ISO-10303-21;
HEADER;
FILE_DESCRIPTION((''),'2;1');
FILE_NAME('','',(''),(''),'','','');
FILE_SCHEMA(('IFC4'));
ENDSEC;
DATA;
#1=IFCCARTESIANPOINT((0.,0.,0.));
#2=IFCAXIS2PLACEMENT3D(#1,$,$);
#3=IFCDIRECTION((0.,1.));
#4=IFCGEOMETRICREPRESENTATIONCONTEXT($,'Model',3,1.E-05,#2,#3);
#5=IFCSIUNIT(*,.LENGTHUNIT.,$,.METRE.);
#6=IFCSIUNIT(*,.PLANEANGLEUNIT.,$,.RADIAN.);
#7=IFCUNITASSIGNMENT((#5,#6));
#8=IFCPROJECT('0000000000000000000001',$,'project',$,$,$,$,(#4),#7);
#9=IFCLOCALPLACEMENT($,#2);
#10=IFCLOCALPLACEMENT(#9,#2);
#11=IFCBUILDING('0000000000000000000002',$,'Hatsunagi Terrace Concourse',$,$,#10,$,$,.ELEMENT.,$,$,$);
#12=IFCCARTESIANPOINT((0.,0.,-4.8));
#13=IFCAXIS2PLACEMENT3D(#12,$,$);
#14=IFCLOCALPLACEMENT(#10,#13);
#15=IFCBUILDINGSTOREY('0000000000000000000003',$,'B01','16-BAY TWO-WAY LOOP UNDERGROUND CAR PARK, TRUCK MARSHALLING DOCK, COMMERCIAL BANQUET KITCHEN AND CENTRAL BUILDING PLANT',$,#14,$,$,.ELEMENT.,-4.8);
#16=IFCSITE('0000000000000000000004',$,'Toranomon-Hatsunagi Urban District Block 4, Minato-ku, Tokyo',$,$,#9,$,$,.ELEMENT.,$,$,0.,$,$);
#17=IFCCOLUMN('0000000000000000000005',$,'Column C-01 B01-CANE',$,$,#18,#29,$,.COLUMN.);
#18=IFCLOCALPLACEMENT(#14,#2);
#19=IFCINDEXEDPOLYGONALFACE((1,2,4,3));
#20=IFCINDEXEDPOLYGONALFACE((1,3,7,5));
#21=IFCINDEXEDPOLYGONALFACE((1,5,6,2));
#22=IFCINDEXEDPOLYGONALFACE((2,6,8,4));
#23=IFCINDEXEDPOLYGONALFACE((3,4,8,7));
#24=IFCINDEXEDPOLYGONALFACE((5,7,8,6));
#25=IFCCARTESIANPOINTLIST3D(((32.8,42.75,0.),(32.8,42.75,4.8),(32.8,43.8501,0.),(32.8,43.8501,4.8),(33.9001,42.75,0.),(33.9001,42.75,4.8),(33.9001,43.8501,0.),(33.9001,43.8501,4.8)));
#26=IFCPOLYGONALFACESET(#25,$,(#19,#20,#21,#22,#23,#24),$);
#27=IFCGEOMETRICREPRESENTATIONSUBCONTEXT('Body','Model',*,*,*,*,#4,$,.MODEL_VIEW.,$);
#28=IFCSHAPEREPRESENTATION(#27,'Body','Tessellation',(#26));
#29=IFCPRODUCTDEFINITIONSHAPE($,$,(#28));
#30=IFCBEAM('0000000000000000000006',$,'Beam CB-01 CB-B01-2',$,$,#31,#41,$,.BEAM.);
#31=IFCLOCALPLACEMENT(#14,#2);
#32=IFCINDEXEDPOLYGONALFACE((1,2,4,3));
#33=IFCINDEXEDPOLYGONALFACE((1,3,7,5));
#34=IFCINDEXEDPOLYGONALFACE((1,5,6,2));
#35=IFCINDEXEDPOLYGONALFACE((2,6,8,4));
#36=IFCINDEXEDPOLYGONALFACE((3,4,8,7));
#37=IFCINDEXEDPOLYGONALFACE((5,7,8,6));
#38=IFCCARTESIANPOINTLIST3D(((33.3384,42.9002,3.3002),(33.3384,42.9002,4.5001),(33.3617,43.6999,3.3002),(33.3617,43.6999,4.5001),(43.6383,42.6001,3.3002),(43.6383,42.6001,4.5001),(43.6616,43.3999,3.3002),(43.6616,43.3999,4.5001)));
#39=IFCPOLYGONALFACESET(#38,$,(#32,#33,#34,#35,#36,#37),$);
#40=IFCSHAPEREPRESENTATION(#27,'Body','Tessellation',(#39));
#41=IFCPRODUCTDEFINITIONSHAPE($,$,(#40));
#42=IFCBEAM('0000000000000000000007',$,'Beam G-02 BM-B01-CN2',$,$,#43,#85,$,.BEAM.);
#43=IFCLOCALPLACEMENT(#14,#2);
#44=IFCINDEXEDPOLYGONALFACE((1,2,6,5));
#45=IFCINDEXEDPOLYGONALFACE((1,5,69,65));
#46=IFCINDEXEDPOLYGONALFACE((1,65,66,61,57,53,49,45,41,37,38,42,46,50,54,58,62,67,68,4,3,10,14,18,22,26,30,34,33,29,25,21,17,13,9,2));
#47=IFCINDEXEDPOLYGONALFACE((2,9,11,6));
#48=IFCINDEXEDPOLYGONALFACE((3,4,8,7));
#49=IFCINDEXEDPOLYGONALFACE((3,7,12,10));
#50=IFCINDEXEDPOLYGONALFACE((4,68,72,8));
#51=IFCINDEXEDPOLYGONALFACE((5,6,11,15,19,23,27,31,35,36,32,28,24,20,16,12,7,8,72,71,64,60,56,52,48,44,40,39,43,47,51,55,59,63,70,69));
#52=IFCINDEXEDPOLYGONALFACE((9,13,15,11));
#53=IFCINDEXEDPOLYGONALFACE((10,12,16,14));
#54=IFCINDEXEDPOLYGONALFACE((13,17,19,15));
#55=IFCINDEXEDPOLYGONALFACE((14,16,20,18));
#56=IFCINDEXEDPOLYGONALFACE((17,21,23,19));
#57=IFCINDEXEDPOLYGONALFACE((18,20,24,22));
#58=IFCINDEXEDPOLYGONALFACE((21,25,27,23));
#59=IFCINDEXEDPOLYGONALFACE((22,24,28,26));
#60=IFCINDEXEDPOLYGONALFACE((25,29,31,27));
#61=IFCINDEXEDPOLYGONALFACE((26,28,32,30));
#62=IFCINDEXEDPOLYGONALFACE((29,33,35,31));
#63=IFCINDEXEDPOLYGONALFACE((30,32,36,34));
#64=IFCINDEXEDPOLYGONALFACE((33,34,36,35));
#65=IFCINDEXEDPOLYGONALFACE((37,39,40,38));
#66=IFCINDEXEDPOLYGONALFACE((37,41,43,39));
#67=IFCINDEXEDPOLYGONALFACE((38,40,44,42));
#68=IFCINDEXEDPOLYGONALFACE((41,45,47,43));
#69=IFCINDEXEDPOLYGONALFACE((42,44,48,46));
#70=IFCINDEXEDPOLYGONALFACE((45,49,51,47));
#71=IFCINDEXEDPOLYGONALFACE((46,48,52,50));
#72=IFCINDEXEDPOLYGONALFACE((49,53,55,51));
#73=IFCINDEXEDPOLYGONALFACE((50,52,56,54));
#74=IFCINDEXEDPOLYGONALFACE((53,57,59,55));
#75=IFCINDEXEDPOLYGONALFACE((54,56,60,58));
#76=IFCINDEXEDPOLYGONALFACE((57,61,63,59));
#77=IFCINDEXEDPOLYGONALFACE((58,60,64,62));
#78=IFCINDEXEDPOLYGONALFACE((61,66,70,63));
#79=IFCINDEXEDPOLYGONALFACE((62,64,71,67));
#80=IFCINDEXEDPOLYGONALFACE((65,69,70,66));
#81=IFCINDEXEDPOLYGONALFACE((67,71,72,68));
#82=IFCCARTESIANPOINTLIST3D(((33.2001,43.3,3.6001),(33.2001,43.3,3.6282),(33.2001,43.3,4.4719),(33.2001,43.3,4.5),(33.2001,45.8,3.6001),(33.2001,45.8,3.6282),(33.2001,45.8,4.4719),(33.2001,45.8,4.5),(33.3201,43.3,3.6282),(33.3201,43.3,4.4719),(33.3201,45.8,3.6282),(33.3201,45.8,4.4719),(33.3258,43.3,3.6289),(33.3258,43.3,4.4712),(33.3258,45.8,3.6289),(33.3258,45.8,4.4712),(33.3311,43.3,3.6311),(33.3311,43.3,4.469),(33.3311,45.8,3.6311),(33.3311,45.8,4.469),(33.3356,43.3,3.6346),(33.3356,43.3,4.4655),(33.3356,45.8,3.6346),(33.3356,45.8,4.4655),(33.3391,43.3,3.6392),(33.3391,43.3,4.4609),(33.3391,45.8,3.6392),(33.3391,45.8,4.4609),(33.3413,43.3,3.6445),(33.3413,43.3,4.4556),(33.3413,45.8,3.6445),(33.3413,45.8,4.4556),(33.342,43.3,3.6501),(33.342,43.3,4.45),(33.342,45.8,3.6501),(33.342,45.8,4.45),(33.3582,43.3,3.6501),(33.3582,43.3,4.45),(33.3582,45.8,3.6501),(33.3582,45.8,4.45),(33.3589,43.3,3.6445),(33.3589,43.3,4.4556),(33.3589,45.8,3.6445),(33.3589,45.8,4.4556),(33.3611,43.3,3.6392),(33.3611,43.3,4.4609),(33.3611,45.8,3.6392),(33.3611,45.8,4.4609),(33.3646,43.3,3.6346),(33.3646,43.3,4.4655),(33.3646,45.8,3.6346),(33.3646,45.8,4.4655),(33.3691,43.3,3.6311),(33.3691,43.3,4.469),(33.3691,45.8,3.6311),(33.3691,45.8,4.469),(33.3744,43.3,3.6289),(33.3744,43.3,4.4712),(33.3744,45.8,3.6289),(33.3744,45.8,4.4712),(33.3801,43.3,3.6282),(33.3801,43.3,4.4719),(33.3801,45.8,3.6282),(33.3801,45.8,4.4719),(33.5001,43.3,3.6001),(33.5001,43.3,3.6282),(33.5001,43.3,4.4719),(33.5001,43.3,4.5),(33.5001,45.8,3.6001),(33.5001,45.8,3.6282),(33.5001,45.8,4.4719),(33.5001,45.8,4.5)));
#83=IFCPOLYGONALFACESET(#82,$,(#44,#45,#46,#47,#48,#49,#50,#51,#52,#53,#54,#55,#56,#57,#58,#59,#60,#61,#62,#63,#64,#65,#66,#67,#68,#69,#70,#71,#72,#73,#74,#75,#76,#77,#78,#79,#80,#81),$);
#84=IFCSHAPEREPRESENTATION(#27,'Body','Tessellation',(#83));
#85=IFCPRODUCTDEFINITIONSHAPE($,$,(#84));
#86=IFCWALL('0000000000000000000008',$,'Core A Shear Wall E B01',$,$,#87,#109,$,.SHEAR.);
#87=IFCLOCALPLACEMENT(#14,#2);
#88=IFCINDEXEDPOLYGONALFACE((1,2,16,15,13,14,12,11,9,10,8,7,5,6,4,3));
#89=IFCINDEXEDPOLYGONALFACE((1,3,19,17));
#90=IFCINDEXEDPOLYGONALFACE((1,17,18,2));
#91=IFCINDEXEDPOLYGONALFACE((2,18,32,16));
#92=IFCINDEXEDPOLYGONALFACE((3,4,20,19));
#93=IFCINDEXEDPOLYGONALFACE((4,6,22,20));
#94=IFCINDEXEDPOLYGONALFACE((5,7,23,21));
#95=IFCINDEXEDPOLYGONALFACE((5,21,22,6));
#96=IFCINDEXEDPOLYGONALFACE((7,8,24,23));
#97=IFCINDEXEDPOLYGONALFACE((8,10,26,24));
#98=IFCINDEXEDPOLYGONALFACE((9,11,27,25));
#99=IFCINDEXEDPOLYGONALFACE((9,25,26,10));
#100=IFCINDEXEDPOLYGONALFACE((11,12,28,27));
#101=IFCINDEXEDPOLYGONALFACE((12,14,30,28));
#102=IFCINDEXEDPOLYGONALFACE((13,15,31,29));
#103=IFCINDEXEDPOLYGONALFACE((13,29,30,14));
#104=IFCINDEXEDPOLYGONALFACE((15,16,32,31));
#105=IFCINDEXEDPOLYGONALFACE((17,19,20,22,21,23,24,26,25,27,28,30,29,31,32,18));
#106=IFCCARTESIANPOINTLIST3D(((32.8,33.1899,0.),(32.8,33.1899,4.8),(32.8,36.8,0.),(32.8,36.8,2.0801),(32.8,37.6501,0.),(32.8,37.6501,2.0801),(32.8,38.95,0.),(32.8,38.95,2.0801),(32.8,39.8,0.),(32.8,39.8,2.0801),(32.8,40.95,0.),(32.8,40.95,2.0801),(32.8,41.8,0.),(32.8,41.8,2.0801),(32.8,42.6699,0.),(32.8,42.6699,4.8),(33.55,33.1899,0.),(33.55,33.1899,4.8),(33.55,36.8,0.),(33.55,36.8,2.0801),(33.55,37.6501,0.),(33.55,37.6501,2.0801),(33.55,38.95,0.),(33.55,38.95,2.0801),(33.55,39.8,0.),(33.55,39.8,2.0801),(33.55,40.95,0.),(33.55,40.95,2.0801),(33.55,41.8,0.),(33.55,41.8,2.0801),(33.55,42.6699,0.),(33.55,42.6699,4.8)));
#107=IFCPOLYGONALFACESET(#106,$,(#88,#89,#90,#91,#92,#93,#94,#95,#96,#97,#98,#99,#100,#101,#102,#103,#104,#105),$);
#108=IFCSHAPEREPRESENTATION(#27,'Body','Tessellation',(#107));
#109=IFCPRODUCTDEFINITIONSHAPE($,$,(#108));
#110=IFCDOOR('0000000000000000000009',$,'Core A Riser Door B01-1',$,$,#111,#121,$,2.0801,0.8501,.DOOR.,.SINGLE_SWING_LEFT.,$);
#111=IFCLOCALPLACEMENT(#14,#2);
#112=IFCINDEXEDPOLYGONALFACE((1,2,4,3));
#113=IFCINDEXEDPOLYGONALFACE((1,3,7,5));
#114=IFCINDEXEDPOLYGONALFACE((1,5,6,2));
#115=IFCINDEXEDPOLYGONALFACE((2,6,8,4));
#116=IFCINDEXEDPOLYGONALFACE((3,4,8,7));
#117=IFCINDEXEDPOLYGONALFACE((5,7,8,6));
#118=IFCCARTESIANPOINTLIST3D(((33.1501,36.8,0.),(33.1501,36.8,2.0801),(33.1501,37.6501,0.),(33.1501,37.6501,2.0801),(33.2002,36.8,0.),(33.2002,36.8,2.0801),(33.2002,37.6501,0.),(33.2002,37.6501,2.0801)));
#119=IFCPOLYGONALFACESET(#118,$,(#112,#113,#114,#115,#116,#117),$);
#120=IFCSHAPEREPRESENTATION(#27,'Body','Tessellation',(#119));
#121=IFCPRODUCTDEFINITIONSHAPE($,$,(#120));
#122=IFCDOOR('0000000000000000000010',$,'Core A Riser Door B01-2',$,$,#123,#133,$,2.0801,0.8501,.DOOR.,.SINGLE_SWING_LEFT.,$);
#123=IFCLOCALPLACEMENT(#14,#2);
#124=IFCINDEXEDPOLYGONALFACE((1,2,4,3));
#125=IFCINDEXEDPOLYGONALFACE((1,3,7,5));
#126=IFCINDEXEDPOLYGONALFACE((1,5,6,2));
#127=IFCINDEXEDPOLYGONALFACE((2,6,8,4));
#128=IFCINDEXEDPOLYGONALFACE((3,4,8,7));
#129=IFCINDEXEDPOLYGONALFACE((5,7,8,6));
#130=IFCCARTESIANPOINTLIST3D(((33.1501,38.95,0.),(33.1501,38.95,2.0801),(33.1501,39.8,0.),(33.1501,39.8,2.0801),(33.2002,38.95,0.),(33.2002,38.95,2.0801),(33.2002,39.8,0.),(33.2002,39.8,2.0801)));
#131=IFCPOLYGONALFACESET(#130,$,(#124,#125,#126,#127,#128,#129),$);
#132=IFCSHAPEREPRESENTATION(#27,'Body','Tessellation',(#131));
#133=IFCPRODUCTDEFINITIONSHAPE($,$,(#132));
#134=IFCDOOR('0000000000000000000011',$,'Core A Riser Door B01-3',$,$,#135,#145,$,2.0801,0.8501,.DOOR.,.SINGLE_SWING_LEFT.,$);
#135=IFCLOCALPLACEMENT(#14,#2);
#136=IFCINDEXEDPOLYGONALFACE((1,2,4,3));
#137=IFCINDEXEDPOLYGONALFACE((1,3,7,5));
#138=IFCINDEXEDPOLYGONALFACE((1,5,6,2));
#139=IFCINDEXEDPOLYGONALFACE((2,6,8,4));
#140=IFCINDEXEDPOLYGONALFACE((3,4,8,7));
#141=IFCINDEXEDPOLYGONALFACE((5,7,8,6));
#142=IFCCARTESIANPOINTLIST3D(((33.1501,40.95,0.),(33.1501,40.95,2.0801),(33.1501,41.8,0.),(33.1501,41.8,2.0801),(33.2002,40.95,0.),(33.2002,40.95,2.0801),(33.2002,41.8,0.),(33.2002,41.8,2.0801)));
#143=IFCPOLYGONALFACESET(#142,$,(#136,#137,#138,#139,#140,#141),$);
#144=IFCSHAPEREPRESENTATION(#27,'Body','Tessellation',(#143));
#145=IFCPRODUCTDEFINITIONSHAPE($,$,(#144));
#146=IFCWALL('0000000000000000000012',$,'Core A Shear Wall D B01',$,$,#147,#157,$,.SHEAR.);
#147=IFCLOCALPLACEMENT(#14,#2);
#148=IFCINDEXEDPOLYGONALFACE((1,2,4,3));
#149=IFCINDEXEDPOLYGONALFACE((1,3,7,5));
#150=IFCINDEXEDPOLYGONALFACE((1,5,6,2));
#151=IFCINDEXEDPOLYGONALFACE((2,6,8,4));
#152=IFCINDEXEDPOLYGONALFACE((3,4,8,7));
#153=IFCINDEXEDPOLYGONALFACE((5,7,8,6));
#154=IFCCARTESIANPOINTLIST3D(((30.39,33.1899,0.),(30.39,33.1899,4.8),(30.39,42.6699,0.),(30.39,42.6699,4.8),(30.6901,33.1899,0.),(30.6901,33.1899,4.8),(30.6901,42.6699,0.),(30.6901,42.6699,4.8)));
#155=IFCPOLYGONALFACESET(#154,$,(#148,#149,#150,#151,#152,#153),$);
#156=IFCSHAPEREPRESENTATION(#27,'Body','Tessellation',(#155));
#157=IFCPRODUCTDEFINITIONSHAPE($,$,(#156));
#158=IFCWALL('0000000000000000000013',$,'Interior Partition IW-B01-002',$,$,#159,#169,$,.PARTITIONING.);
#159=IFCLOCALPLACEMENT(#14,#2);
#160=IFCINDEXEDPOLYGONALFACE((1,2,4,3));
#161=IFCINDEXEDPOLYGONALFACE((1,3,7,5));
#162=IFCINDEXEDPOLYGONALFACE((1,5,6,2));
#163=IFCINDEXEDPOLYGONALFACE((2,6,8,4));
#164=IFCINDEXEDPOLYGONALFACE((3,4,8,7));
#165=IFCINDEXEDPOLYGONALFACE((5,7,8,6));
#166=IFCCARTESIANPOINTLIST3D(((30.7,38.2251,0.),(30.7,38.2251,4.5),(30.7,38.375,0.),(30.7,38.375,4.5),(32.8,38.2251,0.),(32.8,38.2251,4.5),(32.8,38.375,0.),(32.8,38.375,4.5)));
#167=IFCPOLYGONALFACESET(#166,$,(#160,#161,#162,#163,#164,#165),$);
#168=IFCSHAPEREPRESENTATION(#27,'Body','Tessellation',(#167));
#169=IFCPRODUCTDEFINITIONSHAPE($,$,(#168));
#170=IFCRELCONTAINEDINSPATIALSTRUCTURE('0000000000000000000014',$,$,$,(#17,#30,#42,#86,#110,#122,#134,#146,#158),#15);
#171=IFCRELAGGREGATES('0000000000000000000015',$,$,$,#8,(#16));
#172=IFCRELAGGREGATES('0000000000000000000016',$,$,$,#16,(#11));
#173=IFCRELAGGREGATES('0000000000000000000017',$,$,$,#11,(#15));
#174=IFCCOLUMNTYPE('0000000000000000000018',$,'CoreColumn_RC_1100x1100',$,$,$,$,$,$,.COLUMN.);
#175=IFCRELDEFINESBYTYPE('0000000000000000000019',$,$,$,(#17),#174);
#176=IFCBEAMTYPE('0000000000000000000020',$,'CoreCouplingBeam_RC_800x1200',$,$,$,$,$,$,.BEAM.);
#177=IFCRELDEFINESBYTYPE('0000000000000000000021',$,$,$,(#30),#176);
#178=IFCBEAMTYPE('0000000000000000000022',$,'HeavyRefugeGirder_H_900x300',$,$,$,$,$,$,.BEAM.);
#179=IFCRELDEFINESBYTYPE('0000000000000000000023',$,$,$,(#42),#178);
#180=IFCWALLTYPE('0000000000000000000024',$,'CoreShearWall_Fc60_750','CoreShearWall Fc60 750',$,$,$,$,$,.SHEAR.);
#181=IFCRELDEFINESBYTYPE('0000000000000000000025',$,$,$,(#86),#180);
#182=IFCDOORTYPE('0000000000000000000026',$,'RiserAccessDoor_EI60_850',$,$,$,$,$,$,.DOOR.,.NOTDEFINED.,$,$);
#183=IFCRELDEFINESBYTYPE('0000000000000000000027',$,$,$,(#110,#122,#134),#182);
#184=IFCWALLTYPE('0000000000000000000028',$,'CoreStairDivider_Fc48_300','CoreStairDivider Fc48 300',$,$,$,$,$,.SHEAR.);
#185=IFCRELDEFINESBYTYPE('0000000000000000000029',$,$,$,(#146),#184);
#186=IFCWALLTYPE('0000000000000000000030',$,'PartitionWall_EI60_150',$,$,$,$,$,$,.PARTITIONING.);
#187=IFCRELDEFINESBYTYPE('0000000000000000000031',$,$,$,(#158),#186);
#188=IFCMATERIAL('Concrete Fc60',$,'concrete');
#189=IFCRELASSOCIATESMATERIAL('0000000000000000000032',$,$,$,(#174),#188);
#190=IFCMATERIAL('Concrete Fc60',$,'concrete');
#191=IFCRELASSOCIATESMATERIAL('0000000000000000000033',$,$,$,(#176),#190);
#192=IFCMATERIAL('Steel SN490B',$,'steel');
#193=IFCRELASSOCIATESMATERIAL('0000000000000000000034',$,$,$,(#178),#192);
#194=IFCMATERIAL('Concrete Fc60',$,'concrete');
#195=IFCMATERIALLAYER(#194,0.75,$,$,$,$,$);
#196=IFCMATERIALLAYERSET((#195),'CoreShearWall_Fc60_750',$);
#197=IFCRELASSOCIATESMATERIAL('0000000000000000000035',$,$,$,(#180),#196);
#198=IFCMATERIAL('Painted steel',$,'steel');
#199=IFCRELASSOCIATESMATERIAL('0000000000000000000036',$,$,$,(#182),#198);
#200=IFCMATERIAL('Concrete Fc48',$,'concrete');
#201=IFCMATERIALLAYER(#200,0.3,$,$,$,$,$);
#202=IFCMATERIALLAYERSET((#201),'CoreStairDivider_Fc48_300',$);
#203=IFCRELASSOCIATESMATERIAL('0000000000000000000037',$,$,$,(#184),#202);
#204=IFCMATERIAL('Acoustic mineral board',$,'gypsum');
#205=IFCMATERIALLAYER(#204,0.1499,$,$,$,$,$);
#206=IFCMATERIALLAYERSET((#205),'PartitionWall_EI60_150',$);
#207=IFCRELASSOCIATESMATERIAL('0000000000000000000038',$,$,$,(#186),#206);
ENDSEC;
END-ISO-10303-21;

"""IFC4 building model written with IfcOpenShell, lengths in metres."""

from ifc_helpers import new_model, si_unit, direction, frame, frame_2d, origin, origin_2d, place, context, subcontext, project, spatial, rectangle, i_section, extrude, material, layer, layer_set, material_profile, profile_set, type_object, element, fill, save


model = new_model("IFC4")

# Units and contexts
model_context = context("Model", 3, precision=1e-05, world=origin(), true_north=direction((0.0, 1.0)))
body_context = subcontext(model_context, "Body", "Model", "MODEL_VIEW")
ifc_project = project(units=[si_unit("LENGTHUNIT", "METRE"), si_unit("PLANEANGLEUNIT", "RADIAN")], contexts=[model_context])

# Site, building, storey
site_placement = place(None, origin())
site = spatial("IfcSite", under=ifc_project, at=site_placement, Name="Toranomon-Hatsunagi Urban District Block 4, Minato-ku, Tokyo", CompositionType="ELEMENT", RefElevation=0.0)
building_placement = place(site_placement, origin())
building = spatial("IfcBuilding", under=site, at=building_placement, Name="Hatsunagi Terrace Concourse", CompositionType="ELEMENT")
storey_placement = place(building_placement, frame((0.0, 0.0, -4.8)))
storey = spatial("IfcBuildingStorey", under=building, at=storey_placement, Name="B01", Description="16-BAY TWO-WAY LOOP UNDERGROUND CAR PARK, TRUCK MARSHALLING DOCK, COMMERCIAL BANQUET KITCHEN AND CENTRAL BUILDING PLANT", CompositionType="ELEMENT", Elevation=-4.8)

# Column
ifc_material_1 = material(Name="Concrete Fc60", Category="concrete")
ifc_material_profile_1 = material_profile(ifc_material_1, rectangle(XDim=1.1001, YDim=1.1001, at=origin_2d()), Name="RC-1100x1100")
ifc_profile_set_1 = profile_set([ifc_material_profile_1], Name="Concrete Fc60")
column_type = type_object("IfcColumnType", Name="CoreColumn_RC_1100x1100", PredefinedType="COLUMN", material=ifc_profile_set_1)
column_placement = place(storey_placement, frame((33.3501, 43.3, 0.0), z_axis=(0.0, 0.0, 1.0), x_axis=(1.0, 0.0, 0.0)))
element("IfcColumn", 1, at=column_placement, inside=storey, type_object=column_type, Name="Column C-01 B01-CANE", PredefinedType="COLUMN", context=body_context, shape_type="SweptSolid", body=[
    extrude(rectangle(XDim=1.1001, YDim=1.1001, at=origin_2d()), origin(), (0.0, 0.0, 1.0), 4.8),
])

# Beams
ifc_material_2 = material(Name="Concrete Fc60", Category="concrete")
ifc_material_profile_2 = material_profile(ifc_material_2, rectangle(XDim=0.8, YDim=1.2, at=origin_2d()), Name="RC-800x1200")
ifc_profile_set_2 = profile_set([ifc_material_profile_2], Name="Concrete Fc60")
beam_type_1 = type_object("IfcBeamType", Name="CoreCouplingBeam_RC_800x1200", PredefinedType="BEAM", material=ifc_profile_set_2)
beam_1_placement = place(storey_placement, frame((33.3501, 43.3, 3.9001), z_axis=(0.999576, -0.029119, 0.0), x_axis=(0.029119, 0.999576, 0.0)))
element("IfcBeam", 2, at=beam_1_placement, inside=storey, type_object=beam_type_1, Name="Beam CB-01 CB-B01-2", PredefinedType="BEAM", context=body_context, shape_type="SweptSolid", body=[
    extrude(rectangle(XDim=0.8, YDim=1.2, at=origin_2d()), origin(), (0.0, 0.0, 1.0), 10.3042),
])
ifc_material_3 = material(Name="Steel SN490B", Category="steel")
ifc_material_profile_3 = material_profile(ifc_material_3, i_section(OverallWidth=0.3, OverallDepth=0.8999, WebThickness=0.0161, FlangeThickness=0.0281, FilletRadius=0.022, at=origin_2d()), Name="H-900x300x16x28")
ifc_profile_set_3 = profile_set([ifc_material_profile_3], Name="Steel SN490B")
beam_type_2 = type_object("IfcBeamType", Name="HeavyRefugeGirder_H_900x300", PredefinedType="BEAM", material=ifc_profile_set_3)
beam_2_placement = place(storey_placement, frame((33.3501, 43.3, 4.05), z_axis=(0.0, 1.0, 0.0), x_axis=(-1.0, 0.0, 0.0)))
element("IfcBeam", 3, at=beam_2_placement, inside=storey, type_object=beam_type_2, Name="Beam G-02 BM-B01-CN2", PredefinedType="BEAM", context=body_context, shape_type="SweptSolid", body=[
    extrude(i_section(OverallWidth=0.3, OverallDepth=0.8999, WebThickness=0.0161, FlangeThickness=0.0281, FilletRadius=0.022, at=origin_2d()), origin(), (0.0, 0.0, 1.0), 2.5),
])

# Wall, openings, doors
ifc_material_4 = material(Name="Concrete Fc60", Category="concrete")
ifc_layer_1 = layer(ifc_material_4, 0.75)
ifc_layer_set_1 = layer_set([ifc_layer_1], Name="CoreShearWall_Fc60_750")
wall_type_1 = type_object("IfcWallType", Name="CoreShearWall_Fc60_750", Description="CoreShearWall Fc60 750", PredefinedType="SHEAR", material=ifc_layer_set_1)
wall_1_placement = place(storey_placement, frame((33.175, 33.1899, 0.0), z_axis=(0.0, 0.0, 1.0), x_axis=(0.0, 1.0, 0.0)))
wall_1 = element("IfcWall", 4, at=wall_1_placement, inside=storey, type_object=wall_type_1, Name="Core A Shear Wall E B01", PredefinedType="SHEAR", context=body_context, shape_type="SweptSolid", body=[
    extrude(rectangle(XDim=9.48, YDim=0.75, at=frame_2d((4.74, 0.0))), origin(), (0.0, 0.0, 1.0), 4.8),
])
opening_1_placement = place(wall_1_placement, frame((3.6101, 0.0, 0.0)))
opening_1 = element("IfcOpeningElement", 5, at=opening_1_placement, cuts=wall_1, PredefinedType="OPENING", context=body_context, shape_type="SweptSolid", body=[
    extrude(rectangle(XDim=0.8501, YDim=2.0801, at=frame_2d((0.425, 1.04))), frame((0.0, 0.385, 0.0), z_axis=(0.0, -1.0, 0.0), x_axis=(1.0, 0.0, 0.0)), (0.0, 0.0, 1.0), 0.77),
])
opening_2_placement = place(wall_1_placement, frame((5.76, 0.0, 0.0)))
opening_2 = element("IfcOpeningElement", 6, at=opening_2_placement, cuts=wall_1, PredefinedType="OPENING", context=body_context, shape_type="SweptSolid", body=[
    extrude(rectangle(XDim=0.8501, YDim=2.0801, at=frame_2d((0.425, 1.04))), frame((0.0, 0.385, 0.0), z_axis=(0.0, -1.0, 0.0), x_axis=(1.0, 0.0, 0.0)), (0.0, 0.0, 1.0), 0.77),
])
opening_3_placement = place(wall_1_placement, frame((7.76, 0.0, 0.0)))
opening_3 = element("IfcOpeningElement", 7, at=opening_3_placement, cuts=wall_1, PredefinedType="OPENING", context=body_context, shape_type="SweptSolid", body=[
    extrude(rectangle(XDim=0.8501, YDim=2.0801, at=frame_2d((0.425, 1.04))), frame((0.0, 0.385, 0.0), z_axis=(0.0, -1.0, 0.0), x_axis=(1.0, 0.0, 0.0)), (0.0, 0.0, 1.0), 0.77),
])
ifc_material_5 = material(Name="Painted steel", Category="steel")
door_type = type_object("IfcDoorType", Name="RiserAccessDoor_EI60_850", OperationType="NOTDEFINED", PredefinedType="DOOR", material=ifc_material_5)
door_1_placement = place(opening_1_placement, origin())
door_1 = element("IfcDoor", 8, at=door_1_placement, inside=storey, type_object=door_type, Name="Core A Riser Door B01-1", OperationType="SINGLE_SWING_LEFT", OverallHeight=2.0801, OverallWidth=0.8501, PredefinedType="DOOR", context=body_context, shape_type="SweptSolid", body=[
    extrude(rectangle(XDim=0.8501, YDim=2.0801, at=frame_2d((0.425, 1.04))), frame((0.0, 0.0249, 0.0), z_axis=(0.0, -1.0, 0.0), x_axis=(1.0, 0.0, 0.0)), (0.0, 0.0, 1.0), 0.05),
])
fill(opening_1, door_1)
door_2_placement = place(opening_2_placement, origin())
door_2 = element("IfcDoor", 9, at=door_2_placement, inside=storey, type_object=door_type, Name="Core A Riser Door B01-2", OperationType="SINGLE_SWING_LEFT", OverallHeight=2.0801, OverallWidth=0.8501, PredefinedType="DOOR", context=body_context, shape_type="SweptSolid", body=[
    extrude(rectangle(XDim=0.8501, YDim=2.0801, at=frame_2d((0.425, 1.04))), frame((0.0, 0.0249, 0.0), z_axis=(0.0, -1.0, 0.0), x_axis=(1.0, 0.0, 0.0)), (0.0, 0.0, 1.0), 0.05),
])
fill(opening_2, door_2)
door_3_placement = place(opening_3_placement, origin())
door_3 = element("IfcDoor", 10, at=door_3_placement, inside=storey, type_object=door_type, Name="Core A Riser Door B01-3", OperationType="SINGLE_SWING_LEFT", OverallHeight=2.0801, OverallWidth=0.8501, PredefinedType="DOOR", context=body_context, shape_type="SweptSolid", body=[
    extrude(rectangle(XDim=0.8501, YDim=2.0801, at=frame_2d((0.425, 1.04))), frame((0.0, 0.0249, 0.0), z_axis=(0.0, -1.0, 0.0), x_axis=(1.0, 0.0, 0.0)), (0.0, 0.0, 1.0), 0.05),
])
fill(opening_3, door_3)

# Walls
ifc_material_6 = material(Name="Concrete Fc48", Category="concrete")
ifc_layer_2 = layer(ifc_material_6, 0.3)
ifc_layer_set_2 = layer_set([ifc_layer_2], Name="CoreStairDivider_Fc48_300")
wall_type_2 = type_object("IfcWallType", Name="CoreStairDivider_Fc48_300", Description="CoreStairDivider Fc48 300", PredefinedType="SHEAR", material=ifc_layer_set_2)
wall_2_placement = place(storey_placement, frame((30.54, 33.1899, 0.0), z_axis=(0.0, 0.0, 1.0), x_axis=(0.0, 1.0, 0.0)))
element("IfcWall", 11, at=wall_2_placement, inside=storey, type_object=wall_type_2, Name="Core A Shear Wall D B01", PredefinedType="SHEAR", context=body_context, shape_type="SweptSolid", body=[
    extrude(rectangle(XDim=9.48, YDim=0.3, at=frame_2d((4.74, 0.0))), origin(), (0.0, 0.0, 1.0), 4.8),
])
ifc_material_7 = material(Name="Acoustic mineral board", Category="gypsum")
ifc_layer_3 = layer(ifc_material_7, 0.1499)
ifc_layer_set_3 = layer_set([ifc_layer_3], Name="PartitionWall_EI60_150")
wall_type_3 = type_object("IfcWallType", Name="PartitionWall_EI60_150", PredefinedType="PARTITIONING", material=ifc_layer_set_3)
for number, where, z_axis, x_axis, name in (
    (12, (30.7, 38.3, 0.0), (0.0, 0.0, 1.0), (1.0, 0.0, 0.0), "Interior Partition IW-B01-002"),
):
    element("IfcWall", number, at=place(storey_placement, frame(where, z_axis=z_axis, x_axis=x_axis)), inside=storey, type_object=wall_type_3, Name=name, PredefinedType="PARTITIONING", context=body_context, shape_type="SweptSolid", body=[
        extrude(rectangle(XDim=2.1001, YDim=0.1499, at=frame_2d((1.05, 0.0))), origin(), (0.0, 0.0, 1.0), 4.5),
    ])

save(model, "model.ifc")
